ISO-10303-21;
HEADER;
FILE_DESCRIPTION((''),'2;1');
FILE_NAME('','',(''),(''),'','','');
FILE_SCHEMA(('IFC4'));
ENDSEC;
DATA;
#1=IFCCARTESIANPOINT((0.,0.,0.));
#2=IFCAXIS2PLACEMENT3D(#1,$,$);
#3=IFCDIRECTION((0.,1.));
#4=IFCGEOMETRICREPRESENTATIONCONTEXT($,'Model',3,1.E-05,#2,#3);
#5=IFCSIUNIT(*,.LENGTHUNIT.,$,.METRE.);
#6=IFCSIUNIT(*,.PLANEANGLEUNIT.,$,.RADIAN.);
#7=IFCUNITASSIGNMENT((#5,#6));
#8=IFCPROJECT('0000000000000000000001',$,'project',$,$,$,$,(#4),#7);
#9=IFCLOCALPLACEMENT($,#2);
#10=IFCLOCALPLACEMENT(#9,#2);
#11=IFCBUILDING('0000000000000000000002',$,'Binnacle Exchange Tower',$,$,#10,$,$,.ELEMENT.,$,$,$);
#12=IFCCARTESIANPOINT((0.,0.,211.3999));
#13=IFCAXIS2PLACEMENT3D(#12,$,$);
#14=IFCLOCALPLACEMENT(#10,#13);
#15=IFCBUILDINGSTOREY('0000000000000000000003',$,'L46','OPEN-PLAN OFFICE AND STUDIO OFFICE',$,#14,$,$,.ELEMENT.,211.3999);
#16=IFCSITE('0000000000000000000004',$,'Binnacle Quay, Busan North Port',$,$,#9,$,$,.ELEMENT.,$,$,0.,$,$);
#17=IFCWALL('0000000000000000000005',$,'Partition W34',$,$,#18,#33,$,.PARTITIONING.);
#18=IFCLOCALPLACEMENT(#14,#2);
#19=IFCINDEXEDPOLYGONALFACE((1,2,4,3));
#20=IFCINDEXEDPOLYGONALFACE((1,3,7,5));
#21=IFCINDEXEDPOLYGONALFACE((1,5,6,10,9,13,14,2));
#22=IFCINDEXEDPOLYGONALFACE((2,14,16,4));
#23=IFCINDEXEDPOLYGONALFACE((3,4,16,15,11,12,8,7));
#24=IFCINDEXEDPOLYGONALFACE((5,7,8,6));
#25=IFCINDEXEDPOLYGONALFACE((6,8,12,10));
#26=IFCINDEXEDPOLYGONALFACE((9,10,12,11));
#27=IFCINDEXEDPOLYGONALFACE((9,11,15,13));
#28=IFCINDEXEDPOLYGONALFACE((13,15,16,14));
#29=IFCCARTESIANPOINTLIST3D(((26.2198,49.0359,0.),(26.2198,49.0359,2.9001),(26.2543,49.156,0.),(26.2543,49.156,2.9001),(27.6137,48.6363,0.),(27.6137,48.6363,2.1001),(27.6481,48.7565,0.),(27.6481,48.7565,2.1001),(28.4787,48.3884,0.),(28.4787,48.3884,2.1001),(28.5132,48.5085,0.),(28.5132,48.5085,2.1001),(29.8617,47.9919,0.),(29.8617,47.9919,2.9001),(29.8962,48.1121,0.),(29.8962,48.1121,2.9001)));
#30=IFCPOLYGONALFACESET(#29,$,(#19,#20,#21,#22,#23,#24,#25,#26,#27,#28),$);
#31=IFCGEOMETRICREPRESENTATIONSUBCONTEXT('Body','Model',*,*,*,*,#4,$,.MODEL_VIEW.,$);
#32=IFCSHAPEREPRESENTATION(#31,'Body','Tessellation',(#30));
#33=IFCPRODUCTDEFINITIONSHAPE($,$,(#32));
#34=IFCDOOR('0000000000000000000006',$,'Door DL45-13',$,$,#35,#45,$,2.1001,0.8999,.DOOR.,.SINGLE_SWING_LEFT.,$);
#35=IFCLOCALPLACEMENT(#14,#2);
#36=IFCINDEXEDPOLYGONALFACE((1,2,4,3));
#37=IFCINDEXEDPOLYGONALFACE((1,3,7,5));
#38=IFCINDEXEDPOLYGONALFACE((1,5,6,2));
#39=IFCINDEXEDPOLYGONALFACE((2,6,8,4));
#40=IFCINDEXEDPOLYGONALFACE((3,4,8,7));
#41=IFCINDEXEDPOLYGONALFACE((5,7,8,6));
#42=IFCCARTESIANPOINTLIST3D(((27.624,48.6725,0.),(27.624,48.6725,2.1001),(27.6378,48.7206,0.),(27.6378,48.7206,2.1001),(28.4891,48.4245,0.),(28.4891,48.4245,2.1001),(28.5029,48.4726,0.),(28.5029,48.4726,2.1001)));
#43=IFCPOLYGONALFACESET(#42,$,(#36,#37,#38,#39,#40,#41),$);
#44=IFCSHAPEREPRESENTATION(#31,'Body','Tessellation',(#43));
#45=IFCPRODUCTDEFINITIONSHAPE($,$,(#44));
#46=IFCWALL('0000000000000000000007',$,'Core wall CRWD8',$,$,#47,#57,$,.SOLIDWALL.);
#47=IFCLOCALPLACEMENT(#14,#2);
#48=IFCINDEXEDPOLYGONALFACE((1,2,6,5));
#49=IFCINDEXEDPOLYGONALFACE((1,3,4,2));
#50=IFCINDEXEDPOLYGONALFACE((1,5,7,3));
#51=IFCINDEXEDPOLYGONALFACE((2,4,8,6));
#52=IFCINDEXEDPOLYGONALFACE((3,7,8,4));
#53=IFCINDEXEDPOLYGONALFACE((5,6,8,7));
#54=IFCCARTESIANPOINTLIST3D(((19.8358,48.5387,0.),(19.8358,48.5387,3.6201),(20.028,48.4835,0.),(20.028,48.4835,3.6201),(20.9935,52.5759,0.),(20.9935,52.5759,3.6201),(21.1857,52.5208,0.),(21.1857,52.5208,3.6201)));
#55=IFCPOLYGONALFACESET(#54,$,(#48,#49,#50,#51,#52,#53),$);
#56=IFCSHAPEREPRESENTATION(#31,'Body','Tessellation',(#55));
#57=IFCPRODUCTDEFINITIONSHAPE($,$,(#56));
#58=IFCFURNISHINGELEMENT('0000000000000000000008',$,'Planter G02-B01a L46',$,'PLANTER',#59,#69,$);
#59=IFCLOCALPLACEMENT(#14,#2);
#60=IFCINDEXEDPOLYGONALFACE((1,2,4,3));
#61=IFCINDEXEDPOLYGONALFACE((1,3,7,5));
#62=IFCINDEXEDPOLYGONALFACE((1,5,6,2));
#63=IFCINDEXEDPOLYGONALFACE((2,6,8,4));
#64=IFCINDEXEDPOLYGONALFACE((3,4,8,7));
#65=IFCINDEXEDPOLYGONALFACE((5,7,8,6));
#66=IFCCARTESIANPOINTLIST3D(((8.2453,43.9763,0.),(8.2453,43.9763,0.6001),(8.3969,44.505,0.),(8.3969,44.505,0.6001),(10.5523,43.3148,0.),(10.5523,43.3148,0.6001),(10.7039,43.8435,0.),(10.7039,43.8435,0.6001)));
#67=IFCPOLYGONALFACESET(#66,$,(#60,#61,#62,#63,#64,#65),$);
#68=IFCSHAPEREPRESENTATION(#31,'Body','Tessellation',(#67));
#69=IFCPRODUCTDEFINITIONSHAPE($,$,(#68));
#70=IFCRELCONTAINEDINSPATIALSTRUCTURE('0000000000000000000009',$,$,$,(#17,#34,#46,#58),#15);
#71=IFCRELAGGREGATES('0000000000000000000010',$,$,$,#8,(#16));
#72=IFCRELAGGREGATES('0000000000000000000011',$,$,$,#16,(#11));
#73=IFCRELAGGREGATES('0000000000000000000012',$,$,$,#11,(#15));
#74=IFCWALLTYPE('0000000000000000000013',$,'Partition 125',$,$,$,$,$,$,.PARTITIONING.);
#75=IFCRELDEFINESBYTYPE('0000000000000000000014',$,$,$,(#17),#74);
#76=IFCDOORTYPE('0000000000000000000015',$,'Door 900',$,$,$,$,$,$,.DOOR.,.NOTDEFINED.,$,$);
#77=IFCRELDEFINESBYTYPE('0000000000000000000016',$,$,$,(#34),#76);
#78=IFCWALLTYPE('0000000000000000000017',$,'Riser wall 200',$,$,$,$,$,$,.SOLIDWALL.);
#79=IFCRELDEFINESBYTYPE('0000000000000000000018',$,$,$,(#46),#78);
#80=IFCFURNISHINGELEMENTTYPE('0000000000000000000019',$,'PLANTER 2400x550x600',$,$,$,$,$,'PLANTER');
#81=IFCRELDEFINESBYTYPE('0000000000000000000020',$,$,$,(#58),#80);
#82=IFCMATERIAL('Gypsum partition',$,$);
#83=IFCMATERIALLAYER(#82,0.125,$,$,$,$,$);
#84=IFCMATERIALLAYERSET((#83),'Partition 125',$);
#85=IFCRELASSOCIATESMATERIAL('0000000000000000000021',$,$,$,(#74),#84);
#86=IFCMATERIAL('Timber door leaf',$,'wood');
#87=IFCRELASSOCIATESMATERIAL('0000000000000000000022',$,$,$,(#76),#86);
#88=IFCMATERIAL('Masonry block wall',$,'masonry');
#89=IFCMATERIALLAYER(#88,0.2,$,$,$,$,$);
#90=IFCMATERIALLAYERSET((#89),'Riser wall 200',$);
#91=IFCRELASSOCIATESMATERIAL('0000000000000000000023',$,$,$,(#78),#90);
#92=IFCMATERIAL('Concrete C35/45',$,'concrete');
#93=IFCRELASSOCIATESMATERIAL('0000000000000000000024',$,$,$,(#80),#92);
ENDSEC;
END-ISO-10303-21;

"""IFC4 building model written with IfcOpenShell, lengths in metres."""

from ifc_helpers import new_model, si_unit, direction, frame, frame_2d, origin, origin_2d, place, context, subcontext, project, spatial, rectangle, extrude, material, layer, layer_set, type_object, element, fill, save


model = new_model("IFC4")

# Units and contexts
model_context = context("Model", 3, precision=1e-05, world=origin(), true_north=direction((0.0, 1.0)))
body_context = subcontext(model_context, "Body", "Model", "MODEL_VIEW")
ifc_project = project(units=[si_unit("LENGTHUNIT", "METRE"), si_unit("PLANEANGLEUNIT", "RADIAN")], contexts=[model_context])

# Site, building, storey
site_placement = place(None, origin())
site = spatial("IfcSite", under=ifc_project, at=site_placement, Name="Binnacle Quay, Busan North Port", CompositionType="ELEMENT", RefElevation=0.0)
building_placement = place(site_placement, origin())
building = spatial("IfcBuilding", under=site, at=building_placement, Name="Binnacle Exchange Tower", CompositionType="ELEMENT")
storey_placement = place(building_placement, frame((0.0, 0.0, 211.3999)))
storey = spatial("IfcBuildingStorey", under=building, at=storey_placement, Name="L46", Description="OPEN-PLAN OFFICE AND STUDIO OFFICE", CompositionType="ELEMENT", Elevation=211.3999)

# Shared definitions
ifc_material_1 = material(Name="Gypsum partition")
ifc_layer_1 = layer(ifc_material_1, 0.125)
ifc_layer_set_1 = layer_set([ifc_layer_1], Name="Partition 125")
wall_type_1 = type_object("IfcWallType", Name="Partition 125", PredefinedType="PARTITIONING", material=ifc_layer_set_1)

# Shared definitions
ifc_material_2 = material(Name="Timber door leaf", Category="wood")
door_type_1 = type_object("IfcDoorType", Name="Door 900", OperationType="NOTDEFINED", PredefinedType="DOOR", material=ifc_material_2)

# Wall, opening, door
wall_1_placement = place(storey_placement, frame((26.2371, 49.0959, 0.0), z_axis=(0.0, 0.0, 1.0), x_axis=(0.961285, -0.275555, 0.0)))
wall_1 = element("IfcWall", 1, at=wall_1_placement, inside=storey, type_object=wall_type_1, Name="Partition W34", PredefinedType="PARTITIONING", context=body_context, shape_type="SweptSolid", body=[
    extrude(rectangle(XDim=3.7886, YDim=0.125, at=frame_2d((1.8943, 0.0))), origin(), (0.0, 0.0, 1.0), 2.9001),
])
opening_1_placement = place(wall_1_placement, frame((1.45, 0.0, 0.0)))
opening_1 = element("IfcOpeningElement", 2, at=opening_1_placement, cuts=wall_1, PredefinedType="OPENING", context=body_context, shape_type="SweptSolid", body=[
    extrude(rectangle(XDim=0.8999, YDim=2.1001, at=frame_2d((0.45, 1.05))), frame((0.0, 0.0725, 0.0), z_axis=(0.0, -1.0, 0.0), x_axis=(1.0, 0.0, 0.0)), (0.0, 0.0, 1.0), 0.145),
])
door_1_placement = place(opening_1_placement, frame((0.8999, 0.0, 0.0), z_axis=(0.0, 0.0, 1.0), x_axis=(-1.0, 0.0, 0.0)))
door_1 = element("IfcDoor", 3, at=door_1_placement, inside=storey, type_object=door_type_1, Name="Door DL45-13", OperationType="SINGLE_SWING_LEFT", OverallHeight=2.1001, OverallWidth=0.8999, PredefinedType="DOOR", context=body_context, shape_type="SweptSolid", body=[
    extrude(rectangle(XDim=0.8999, YDim=2.1001, at=frame_2d((0.45, 1.05))), frame((0.0, 0.0249, 0.0), z_axis=(0.0, -1.0, 0.0), x_axis=(1.0, 0.0, 0.0)), (0.0, 0.0, 1.0), 0.05),
])
fill(opening_1, door_1)

# Wall
ifc_material_3 = material(Name="Masonry block wall", Category="masonry")
ifc_layer_2 = layer(ifc_material_3, 0.2)
ifc_layer_set_2 = layer_set([ifc_layer_2], Name="Riser wall 200")
wall_type_2 = type_object("IfcWallType", Name="Riser wall 200", PredefinedType="SOLIDWALL", material=ifc_layer_set_2)
wall_2_placement = place(storey_placement, frame((19.9319, 48.511, 0.0), z_axis=(0.0, 0.0, 1.0), x_axis=(0.275642, 0.96126, 0.0)))
element("IfcWall", 4, at=wall_2_placement, inside=storey, type_object=wall_type_2, Name="Core wall CRWD8", PredefinedType="SOLIDWALL", context=body_context, shape_type="SweptSolid", body=[
    extrude(rectangle(XDim=4.2, YDim=0.2, at=frame_2d((2.1001, 0.0))), origin(), (0.0, 0.0, 1.0), 3.6201),
])

# Furnishing element
ifc_material_4 = material(Name="Concrete C35/45", Category="concrete")
furnishing_element_type = type_object("IfcFurnishingElementType", Name="PLANTER 2400x550x600", ElementType="PLANTER", material=ifc_material_4)
furnishing_placement = place(storey_placement, frame((9.4746, 43.9099, 0.0), z_axis=(0.0, 0.0, 1.0), x_axis=(0.961262, -0.275637, 0.0)))
element("IfcFurnishingElement", 5, at=furnishing_placement, inside=storey, type_object=furnishing_element_type, Name="Planter G02-B01a L46", ObjectType="PLANTER", context=body_context, shape_type="SweptSolid", body=[
    extrude(rectangle(XDim=2.3999, YDim=0.55, at=origin_2d()), origin(), (0.0, 0.0, 1.0), 0.6001),
])

save(model, "model.ifc")
